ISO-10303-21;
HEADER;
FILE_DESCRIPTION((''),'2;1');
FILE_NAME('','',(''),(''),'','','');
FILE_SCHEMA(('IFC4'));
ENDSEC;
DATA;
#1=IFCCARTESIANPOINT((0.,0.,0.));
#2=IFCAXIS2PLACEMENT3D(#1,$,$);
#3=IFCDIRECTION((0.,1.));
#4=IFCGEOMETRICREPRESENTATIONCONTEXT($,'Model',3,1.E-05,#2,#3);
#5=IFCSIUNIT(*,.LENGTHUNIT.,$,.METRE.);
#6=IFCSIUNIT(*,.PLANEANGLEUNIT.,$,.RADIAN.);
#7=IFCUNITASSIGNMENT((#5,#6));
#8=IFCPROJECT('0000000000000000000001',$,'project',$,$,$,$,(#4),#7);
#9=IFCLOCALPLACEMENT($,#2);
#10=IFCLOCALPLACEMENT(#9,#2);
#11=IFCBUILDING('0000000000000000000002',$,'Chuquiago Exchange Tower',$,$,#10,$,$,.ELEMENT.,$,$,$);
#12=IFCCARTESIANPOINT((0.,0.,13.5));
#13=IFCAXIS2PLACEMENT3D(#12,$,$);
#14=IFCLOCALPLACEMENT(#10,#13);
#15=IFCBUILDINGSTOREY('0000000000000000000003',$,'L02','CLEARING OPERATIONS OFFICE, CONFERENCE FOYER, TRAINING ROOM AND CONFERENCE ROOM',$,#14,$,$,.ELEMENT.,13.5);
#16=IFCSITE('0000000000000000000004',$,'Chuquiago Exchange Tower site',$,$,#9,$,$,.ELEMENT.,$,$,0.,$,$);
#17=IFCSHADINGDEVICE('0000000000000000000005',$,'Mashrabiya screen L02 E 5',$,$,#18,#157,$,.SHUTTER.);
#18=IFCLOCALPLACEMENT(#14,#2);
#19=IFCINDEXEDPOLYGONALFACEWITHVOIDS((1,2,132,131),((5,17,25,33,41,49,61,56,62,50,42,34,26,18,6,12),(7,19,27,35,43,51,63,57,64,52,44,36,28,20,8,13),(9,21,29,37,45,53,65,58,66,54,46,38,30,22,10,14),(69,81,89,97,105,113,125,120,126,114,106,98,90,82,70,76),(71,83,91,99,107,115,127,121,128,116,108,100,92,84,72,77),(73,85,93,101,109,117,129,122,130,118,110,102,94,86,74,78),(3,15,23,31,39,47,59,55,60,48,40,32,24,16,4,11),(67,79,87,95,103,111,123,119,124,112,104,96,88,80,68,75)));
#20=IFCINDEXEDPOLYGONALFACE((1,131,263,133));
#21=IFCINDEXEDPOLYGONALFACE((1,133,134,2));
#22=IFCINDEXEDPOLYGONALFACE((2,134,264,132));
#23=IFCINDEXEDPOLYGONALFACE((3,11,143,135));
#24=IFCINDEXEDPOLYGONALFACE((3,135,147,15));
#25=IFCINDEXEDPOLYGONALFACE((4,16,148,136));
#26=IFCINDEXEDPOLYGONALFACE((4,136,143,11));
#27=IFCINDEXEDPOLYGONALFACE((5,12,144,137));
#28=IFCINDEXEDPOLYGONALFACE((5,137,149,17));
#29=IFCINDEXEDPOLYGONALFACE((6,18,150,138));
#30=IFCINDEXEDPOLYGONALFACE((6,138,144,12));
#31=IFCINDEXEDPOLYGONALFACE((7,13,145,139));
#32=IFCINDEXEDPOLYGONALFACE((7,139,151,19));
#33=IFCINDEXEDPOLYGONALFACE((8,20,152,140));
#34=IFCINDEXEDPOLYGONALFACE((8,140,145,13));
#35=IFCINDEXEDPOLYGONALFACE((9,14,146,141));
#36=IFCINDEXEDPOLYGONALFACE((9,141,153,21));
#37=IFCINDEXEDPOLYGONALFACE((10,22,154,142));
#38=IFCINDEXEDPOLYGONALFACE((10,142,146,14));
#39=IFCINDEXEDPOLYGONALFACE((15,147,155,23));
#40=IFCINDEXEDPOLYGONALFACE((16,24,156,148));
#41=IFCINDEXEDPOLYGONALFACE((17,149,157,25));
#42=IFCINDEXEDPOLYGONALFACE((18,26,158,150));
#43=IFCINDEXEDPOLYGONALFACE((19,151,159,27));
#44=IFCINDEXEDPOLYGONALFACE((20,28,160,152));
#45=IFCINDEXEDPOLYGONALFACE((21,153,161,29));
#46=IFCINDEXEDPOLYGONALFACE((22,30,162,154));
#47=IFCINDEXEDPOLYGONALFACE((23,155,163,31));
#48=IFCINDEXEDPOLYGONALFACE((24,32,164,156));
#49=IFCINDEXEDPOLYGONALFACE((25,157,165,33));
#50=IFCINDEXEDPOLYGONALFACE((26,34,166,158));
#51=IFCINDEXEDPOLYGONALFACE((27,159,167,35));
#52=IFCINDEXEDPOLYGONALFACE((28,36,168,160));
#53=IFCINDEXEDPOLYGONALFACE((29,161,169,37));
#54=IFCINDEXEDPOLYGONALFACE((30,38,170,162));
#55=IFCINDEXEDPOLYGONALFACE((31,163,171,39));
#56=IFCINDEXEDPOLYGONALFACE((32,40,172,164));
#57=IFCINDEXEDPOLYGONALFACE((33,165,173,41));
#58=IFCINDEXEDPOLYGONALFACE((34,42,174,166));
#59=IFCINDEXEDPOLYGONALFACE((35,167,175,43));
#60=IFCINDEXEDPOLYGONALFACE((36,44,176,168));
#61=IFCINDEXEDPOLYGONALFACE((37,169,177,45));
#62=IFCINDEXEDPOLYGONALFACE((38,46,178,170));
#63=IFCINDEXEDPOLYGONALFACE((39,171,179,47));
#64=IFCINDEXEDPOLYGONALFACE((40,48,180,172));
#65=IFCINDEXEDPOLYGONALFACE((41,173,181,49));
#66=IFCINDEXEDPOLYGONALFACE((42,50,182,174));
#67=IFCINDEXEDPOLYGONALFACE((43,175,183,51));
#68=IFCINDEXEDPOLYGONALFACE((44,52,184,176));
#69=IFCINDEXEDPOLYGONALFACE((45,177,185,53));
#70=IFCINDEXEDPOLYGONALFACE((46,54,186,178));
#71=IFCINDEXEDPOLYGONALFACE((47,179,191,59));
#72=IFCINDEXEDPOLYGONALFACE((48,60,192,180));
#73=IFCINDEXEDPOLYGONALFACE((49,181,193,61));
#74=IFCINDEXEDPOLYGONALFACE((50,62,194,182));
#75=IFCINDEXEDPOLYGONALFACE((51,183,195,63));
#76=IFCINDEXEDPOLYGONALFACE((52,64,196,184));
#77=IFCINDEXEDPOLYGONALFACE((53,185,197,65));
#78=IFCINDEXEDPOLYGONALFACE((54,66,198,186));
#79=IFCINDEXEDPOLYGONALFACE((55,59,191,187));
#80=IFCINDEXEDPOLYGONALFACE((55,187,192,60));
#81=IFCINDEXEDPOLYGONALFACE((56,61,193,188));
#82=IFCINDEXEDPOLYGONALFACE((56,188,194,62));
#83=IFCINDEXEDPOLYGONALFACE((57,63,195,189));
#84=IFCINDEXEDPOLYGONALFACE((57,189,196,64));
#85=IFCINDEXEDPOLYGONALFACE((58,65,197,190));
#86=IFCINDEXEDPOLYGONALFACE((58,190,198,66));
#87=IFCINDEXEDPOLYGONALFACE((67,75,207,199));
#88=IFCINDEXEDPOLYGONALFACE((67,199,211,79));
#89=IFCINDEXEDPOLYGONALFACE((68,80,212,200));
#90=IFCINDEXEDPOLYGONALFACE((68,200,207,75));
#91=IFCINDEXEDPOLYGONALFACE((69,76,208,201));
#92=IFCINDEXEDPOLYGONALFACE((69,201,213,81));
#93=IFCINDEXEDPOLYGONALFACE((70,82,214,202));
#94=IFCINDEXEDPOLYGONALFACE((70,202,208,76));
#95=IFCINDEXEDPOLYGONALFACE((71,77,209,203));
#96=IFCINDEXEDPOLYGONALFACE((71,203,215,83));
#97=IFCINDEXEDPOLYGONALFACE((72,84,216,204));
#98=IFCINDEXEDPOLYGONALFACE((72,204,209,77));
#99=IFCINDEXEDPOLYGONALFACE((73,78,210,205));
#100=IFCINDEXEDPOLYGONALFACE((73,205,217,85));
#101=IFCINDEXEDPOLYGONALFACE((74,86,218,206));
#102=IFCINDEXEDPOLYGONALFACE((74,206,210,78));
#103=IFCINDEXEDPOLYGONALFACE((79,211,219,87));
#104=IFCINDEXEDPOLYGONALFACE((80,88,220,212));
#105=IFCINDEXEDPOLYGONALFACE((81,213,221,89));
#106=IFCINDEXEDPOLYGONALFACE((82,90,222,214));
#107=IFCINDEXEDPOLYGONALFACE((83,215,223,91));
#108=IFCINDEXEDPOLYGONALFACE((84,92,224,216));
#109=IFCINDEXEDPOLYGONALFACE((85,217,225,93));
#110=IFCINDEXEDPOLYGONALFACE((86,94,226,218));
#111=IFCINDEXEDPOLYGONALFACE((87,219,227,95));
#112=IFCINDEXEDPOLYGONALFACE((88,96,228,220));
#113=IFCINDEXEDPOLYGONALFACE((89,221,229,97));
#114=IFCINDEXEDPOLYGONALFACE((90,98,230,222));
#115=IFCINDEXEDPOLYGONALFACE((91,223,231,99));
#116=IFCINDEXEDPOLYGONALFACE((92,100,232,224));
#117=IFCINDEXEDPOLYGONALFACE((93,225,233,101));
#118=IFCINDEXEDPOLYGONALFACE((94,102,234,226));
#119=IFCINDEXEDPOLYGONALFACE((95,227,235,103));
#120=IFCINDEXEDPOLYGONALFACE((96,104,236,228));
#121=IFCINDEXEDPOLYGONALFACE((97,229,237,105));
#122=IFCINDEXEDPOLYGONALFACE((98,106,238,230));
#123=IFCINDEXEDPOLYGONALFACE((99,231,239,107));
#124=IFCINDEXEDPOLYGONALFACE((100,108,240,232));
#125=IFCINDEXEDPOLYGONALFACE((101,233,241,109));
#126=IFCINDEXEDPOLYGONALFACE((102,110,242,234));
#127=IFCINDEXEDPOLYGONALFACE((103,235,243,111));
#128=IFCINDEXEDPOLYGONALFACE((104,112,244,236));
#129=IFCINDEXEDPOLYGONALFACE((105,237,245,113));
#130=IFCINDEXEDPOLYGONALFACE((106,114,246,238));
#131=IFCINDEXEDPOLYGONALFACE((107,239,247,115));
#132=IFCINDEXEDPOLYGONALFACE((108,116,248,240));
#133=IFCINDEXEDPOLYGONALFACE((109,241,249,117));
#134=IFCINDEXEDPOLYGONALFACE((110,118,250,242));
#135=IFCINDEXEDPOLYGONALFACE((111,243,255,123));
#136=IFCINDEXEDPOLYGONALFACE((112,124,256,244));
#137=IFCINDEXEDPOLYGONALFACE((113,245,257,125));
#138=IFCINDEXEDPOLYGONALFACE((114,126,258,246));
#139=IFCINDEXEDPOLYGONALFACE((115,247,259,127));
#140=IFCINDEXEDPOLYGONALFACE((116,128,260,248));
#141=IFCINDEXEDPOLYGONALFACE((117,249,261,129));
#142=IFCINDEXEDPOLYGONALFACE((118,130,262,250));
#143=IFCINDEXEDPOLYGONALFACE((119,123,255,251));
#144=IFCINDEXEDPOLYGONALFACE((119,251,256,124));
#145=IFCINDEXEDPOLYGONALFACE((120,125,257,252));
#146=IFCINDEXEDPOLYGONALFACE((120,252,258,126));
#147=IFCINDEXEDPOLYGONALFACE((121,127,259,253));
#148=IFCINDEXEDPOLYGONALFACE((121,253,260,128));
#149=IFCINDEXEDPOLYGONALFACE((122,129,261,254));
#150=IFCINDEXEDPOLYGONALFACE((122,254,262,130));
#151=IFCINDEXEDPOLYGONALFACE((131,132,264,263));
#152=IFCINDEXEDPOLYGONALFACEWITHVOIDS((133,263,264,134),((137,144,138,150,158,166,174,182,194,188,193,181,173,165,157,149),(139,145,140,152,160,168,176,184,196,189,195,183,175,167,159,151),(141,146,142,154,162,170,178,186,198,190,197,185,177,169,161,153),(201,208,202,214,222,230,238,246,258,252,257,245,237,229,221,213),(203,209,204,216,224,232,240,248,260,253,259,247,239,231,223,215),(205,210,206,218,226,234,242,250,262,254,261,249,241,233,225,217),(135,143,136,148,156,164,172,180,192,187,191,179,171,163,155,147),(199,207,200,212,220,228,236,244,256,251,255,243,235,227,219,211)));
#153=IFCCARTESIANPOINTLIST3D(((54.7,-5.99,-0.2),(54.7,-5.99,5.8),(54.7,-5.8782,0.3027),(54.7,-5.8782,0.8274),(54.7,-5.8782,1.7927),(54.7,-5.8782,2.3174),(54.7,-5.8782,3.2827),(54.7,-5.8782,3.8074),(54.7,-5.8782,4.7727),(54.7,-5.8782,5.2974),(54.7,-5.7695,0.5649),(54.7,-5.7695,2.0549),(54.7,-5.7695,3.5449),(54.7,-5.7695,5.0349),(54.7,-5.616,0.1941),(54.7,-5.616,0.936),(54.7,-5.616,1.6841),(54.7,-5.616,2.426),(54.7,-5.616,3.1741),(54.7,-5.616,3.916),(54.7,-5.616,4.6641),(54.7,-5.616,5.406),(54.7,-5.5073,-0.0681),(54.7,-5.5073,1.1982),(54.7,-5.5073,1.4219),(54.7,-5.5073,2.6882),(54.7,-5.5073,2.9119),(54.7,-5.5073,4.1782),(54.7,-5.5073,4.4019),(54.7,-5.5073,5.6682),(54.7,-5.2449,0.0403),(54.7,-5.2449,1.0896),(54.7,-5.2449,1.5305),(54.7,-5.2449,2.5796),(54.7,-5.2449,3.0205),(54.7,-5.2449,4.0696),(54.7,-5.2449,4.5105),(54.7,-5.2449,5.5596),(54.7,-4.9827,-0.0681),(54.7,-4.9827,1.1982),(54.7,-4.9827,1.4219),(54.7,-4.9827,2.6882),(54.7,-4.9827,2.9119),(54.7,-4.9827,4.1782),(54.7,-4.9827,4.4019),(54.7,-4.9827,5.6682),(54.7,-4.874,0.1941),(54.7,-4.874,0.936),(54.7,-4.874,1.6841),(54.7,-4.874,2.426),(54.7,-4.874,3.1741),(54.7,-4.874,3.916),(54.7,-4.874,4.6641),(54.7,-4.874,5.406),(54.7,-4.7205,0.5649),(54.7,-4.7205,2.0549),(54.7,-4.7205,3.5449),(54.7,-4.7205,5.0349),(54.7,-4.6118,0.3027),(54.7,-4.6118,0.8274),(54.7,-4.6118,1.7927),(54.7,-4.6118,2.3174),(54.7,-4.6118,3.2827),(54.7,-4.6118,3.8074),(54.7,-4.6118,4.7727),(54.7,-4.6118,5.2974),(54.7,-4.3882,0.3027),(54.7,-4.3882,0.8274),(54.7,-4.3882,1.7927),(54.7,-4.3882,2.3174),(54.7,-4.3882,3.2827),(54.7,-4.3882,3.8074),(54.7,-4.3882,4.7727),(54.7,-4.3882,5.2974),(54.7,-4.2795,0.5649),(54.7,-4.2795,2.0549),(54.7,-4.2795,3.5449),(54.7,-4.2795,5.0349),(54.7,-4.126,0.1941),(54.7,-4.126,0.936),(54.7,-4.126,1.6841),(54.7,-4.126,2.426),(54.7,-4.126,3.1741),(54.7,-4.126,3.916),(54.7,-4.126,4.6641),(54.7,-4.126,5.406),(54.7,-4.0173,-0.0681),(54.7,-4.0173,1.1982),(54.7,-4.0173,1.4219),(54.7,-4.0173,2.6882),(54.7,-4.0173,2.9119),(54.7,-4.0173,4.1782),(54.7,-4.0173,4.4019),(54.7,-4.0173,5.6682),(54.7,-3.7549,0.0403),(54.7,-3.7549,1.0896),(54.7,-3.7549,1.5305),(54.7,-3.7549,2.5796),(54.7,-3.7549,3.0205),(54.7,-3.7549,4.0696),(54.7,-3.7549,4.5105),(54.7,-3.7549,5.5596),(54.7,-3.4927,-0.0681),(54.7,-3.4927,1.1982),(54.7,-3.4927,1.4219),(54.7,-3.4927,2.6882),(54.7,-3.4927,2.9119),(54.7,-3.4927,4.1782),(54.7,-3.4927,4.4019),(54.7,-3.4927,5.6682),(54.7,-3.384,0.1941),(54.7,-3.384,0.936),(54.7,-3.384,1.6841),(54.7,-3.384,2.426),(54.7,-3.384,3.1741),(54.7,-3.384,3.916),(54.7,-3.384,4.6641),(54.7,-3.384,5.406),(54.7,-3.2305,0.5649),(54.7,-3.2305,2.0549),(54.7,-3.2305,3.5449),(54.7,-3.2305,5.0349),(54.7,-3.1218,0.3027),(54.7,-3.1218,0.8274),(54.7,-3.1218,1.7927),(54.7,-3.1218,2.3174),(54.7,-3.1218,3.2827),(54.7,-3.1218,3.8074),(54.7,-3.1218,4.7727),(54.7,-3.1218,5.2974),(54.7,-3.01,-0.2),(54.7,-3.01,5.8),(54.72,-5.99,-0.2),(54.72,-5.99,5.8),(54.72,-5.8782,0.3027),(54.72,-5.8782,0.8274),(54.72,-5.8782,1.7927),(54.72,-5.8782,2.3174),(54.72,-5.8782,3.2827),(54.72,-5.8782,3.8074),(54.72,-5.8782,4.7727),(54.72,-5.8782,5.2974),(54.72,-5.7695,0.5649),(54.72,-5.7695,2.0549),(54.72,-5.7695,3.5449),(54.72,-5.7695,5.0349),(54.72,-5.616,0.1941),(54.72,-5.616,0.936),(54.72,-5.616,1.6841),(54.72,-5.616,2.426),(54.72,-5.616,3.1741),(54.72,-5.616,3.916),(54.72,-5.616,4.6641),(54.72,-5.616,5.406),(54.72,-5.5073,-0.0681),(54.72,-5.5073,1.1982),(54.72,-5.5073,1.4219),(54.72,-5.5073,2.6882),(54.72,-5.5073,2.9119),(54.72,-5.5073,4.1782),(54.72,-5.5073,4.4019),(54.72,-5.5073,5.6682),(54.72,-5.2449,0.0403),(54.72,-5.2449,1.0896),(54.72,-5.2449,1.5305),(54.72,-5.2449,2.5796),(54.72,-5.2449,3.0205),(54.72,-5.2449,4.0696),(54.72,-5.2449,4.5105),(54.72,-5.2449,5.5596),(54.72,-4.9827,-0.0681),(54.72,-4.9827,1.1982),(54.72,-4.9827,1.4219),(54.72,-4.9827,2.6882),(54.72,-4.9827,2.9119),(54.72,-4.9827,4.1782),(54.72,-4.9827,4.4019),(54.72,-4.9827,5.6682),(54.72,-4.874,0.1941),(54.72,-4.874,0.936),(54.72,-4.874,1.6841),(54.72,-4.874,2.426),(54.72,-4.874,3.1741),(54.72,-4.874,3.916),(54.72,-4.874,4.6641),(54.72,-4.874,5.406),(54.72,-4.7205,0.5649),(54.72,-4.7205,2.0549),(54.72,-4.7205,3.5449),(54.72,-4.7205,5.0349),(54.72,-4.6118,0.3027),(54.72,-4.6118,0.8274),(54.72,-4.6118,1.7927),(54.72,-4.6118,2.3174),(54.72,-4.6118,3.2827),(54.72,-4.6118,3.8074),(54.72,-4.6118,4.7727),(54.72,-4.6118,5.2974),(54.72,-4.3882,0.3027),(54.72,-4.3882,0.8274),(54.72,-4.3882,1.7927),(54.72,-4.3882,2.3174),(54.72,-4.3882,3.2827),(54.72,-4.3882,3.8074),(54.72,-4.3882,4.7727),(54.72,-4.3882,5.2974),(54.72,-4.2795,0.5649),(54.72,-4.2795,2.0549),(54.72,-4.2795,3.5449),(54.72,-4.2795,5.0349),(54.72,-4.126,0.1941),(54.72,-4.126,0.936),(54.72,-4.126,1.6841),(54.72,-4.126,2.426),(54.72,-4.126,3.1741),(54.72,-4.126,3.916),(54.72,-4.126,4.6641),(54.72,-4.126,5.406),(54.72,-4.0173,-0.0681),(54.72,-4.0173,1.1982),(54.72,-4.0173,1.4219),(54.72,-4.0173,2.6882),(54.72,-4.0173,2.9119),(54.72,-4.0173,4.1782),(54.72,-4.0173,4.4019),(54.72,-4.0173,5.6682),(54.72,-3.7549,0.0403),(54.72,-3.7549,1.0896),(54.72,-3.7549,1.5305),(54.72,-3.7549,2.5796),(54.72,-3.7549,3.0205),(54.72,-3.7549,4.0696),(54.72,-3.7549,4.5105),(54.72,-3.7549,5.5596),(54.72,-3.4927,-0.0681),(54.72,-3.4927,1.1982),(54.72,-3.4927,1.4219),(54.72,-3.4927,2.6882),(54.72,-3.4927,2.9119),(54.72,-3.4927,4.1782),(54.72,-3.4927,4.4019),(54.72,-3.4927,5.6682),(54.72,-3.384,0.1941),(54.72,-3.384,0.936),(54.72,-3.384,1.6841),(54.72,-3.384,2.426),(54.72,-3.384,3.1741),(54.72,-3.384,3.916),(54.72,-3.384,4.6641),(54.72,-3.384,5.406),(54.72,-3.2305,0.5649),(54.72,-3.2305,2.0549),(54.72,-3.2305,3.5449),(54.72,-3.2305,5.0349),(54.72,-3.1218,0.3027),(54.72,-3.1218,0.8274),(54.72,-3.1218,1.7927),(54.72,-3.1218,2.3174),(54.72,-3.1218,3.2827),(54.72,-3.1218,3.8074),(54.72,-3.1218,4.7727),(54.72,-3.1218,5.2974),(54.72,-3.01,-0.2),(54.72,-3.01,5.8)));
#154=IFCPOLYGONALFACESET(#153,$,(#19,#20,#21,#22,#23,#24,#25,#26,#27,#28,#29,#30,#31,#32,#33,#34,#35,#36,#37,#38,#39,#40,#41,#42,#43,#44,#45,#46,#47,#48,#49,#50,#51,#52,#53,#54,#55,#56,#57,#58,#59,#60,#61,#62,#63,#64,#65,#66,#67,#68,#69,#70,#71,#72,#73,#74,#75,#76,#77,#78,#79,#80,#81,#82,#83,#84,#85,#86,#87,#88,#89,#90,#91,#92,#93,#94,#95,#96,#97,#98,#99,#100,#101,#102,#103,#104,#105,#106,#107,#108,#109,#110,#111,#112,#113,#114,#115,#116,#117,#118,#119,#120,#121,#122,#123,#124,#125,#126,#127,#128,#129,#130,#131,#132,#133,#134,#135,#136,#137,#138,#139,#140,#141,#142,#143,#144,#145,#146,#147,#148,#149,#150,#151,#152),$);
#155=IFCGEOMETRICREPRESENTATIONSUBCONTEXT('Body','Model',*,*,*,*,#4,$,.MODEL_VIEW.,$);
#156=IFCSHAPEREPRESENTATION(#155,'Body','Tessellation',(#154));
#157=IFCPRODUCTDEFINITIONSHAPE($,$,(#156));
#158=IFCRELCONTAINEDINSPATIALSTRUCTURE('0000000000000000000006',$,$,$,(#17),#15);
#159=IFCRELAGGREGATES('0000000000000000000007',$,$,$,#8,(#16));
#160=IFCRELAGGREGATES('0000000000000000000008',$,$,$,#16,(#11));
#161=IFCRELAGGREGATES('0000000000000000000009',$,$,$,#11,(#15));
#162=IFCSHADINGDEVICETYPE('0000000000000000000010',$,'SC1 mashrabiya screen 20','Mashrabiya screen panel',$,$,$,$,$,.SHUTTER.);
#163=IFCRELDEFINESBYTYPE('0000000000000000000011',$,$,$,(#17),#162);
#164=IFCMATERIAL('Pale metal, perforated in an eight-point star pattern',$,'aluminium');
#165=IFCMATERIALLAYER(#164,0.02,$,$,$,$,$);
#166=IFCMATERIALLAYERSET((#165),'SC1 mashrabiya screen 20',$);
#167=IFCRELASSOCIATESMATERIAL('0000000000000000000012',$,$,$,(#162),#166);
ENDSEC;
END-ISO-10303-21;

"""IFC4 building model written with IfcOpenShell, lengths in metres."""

from ifc_helpers import new_model, si_unit, direction, frame, origin, place, context, subcontext, project, spatial, polyline, outline, extrude, material, layer, layer_set, type_object, element, save


model = new_model("IFC4")

# Units and contexts
model_context = context("Model", 3, precision=1e-05, world=origin(), true_north=direction((0.0, 1.0)))
body_context = subcontext(model_context, "Body", "Model", "MODEL_VIEW")
ifc_project = project(units=[si_unit("LENGTHUNIT", "METRE"), si_unit("PLANEANGLEUNIT", "RADIAN")], contexts=[model_context])

# Site, building, storey
site_placement = place(None, origin())
site = spatial("IfcSite", under=ifc_project, at=site_placement, Name="Chuquiago Exchange Tower site", CompositionType="ELEMENT", RefElevation=0.0)
building_placement = place(site_placement, origin())
building = spatial("IfcBuilding", under=site, at=building_placement, Name="Chuquiago Exchange Tower", CompositionType="ELEMENT")
storey_placement = place(building_placement, frame((0.0, 0.0, 13.5)))
storey = spatial("IfcBuildingStorey", under=building, at=storey_placement, Name="L02", Description="CLEARING OPERATIONS OFFICE, CONFERENCE FOYER, TRAINING ROOM AND CONFERENCE ROOM", CompositionType="ELEMENT", Elevation=13.5)

# Shading device
ifc_material_1 = material(Name="Pale metal, perforated in an eight-point star pattern", Category="aluminium")
ifc_layer_1 = layer(ifc_material_1, 0.02)
ifc_layer_set_1 = layer_set([ifc_layer_1], Name="SC1 mashrabiya screen 20")
shading_device_type = type_object("IfcShadingDeviceType", Name="SC1 mashrabiya screen 20", Description="Mashrabiya screen panel", PredefinedType="SHUTTER", material=ifc_layer_set_1)
shading_device_1_placement = place(storey_placement, frame((54.7, -5.99, -0.2), z_axis=(0.0, 0.0, 1.0), x_axis=(0.0, 1.0, 0.0)))
element("IfcShadingDevice", 1, at=shading_device_1_placement, inside=storey, type_object=shading_device_type, Name="Mashrabiya screen L02 E 5", PredefinedType="SHUTTER", context=body_context, shape_type="SweptSolid", body=[
    extrude(outline(polyline([(0.0, 0.0), (2.98, 0.0), (2.98, 6.0), (0.0, 6.0), (0.0, 0.0)]), holes=[polyline([(1.2695, 0.7649), (1.3782, 1.0273), (1.116, 1.136), (1.0073, 1.3982), (0.7451, 1.2896), (0.4827, 1.3982), (0.374, 1.136), (0.1118, 1.0273), (0.2205, 0.7649), (0.1118, 0.5027), (0.374, 0.394), (0.4827, 0.1318), (0.7451, 0.2402), (1.0073, 0.1318), (1.116, 0.394), (1.3782, 0.5027), (1.2695, 0.7649)]), polyline([(2.7595, 0.7649), (2.8682, 1.0273), (2.606, 1.136), (2.4973, 1.3982), (2.2351, 1.2896), (1.9727, 1.3982), (1.864, 1.136), (1.6018, 1.0273), (1.7104, 0.7649), (1.6018, 0.5027), (1.864, 0.394), (1.9727, 0.1318), (2.2351, 0.2402), (2.4973, 0.1318), (2.606, 0.394), (2.8682, 0.5027), (2.7595, 0.7649)]), polyline([(1.2695, 2.2549), (1.3782, 2.5173), (1.116, 2.626), (1.0073, 2.8882), (0.7451, 2.7795), (0.4827, 2.8882), (0.374, 2.626), (0.1118, 2.5173), (0.2205, 2.2549), (0.1118, 1.9927), (0.374, 1.884), (0.4827, 1.6218), (0.7451, 1.7305), (1.0073, 1.6218), (1.116, 1.884), (1.3782, 1.9927), (1.2695, 2.2549)]), polyline([(2.7595, 2.2549), (2.8682, 2.5173), (2.606, 2.626), (2.4973, 2.8882), (2.2351, 2.7795), (1.9727, 2.8882), (1.864, 2.626), (1.6018, 2.5173), (1.7104, 2.2549), (1.6018, 1.9927), (1.864, 1.884), (1.9727, 1.6218), (2.2351, 1.7305), (2.4973, 1.6218), (2.606, 1.884), (2.8682, 1.9927), (2.7595, 2.2549)]), polyline([(1.2695, 3.7449), (1.3782, 4.0073), (1.116, 4.116), (1.0073, 4.3782), (0.7451, 4.2695), (0.4827, 4.3782), (0.374, 4.116), (0.1118, 4.0073), (0.2205, 3.7449), (0.1118, 3.4827), (0.374, 3.374), (0.4827, 3.1118), (0.7451, 3.2205), (1.0073, 3.1118), (1.116, 3.374), (1.3782, 3.4827), (1.2695, 3.7449)]), polyline([(2.7595, 3.7449), (2.8682, 4.0073), (2.606, 4.116), (2.4973, 4.3782), (2.2351, 4.2695), (1.9727, 4.3782), (1.864, 4.116), (1.6018, 4.0073), (1.7104, 3.7449), (1.6018, 3.4827), (1.864, 3.374), (1.9727, 3.1118), (2.2351, 3.2205), (2.4973, 3.1118), (2.606, 3.374), (2.8682, 3.4827), (2.7595, 3.7449)]), polyline([(1.2695, 5.2349), (1.3782, 5.4973), (1.116, 5.606), (1.0073, 5.8682), (0.7451, 5.7595), (0.4827, 5.8682), (0.374, 5.606), (0.1118, 5.4973), (0.2205, 5.2349), (0.1118, 4.9727), (0.374, 4.864), (0.4827, 4.6018), (0.7451, 4.7104), (1.0073, 4.6018), (1.116, 4.864), (1.3782, 4.9727), (1.2695, 5.2349)]), polyline([(2.7595, 5.2349), (2.8682, 5.4973), (2.606, 5.606), (2.4973, 5.8682), (2.2351, 5.7595), (1.9727, 5.8682), (1.864, 5.606), (1.6018, 5.4973), (1.7104, 5.2349), (1.6018, 4.9727), (1.864, 4.864), (1.9727, 4.6018), (2.2351, 4.7104), (2.4973, 4.6018), (2.606, 4.864), (2.8682, 4.9727), (2.7595, 5.2349)])]), frame((0.0, 0.0, 0.0), z_axis=(0.0, -1.0, 0.0), x_axis=(1.0, 0.0, 0.0)), (0.0, 0.0, 1.0), 0.02),
])

save(model, "model.ifc")
